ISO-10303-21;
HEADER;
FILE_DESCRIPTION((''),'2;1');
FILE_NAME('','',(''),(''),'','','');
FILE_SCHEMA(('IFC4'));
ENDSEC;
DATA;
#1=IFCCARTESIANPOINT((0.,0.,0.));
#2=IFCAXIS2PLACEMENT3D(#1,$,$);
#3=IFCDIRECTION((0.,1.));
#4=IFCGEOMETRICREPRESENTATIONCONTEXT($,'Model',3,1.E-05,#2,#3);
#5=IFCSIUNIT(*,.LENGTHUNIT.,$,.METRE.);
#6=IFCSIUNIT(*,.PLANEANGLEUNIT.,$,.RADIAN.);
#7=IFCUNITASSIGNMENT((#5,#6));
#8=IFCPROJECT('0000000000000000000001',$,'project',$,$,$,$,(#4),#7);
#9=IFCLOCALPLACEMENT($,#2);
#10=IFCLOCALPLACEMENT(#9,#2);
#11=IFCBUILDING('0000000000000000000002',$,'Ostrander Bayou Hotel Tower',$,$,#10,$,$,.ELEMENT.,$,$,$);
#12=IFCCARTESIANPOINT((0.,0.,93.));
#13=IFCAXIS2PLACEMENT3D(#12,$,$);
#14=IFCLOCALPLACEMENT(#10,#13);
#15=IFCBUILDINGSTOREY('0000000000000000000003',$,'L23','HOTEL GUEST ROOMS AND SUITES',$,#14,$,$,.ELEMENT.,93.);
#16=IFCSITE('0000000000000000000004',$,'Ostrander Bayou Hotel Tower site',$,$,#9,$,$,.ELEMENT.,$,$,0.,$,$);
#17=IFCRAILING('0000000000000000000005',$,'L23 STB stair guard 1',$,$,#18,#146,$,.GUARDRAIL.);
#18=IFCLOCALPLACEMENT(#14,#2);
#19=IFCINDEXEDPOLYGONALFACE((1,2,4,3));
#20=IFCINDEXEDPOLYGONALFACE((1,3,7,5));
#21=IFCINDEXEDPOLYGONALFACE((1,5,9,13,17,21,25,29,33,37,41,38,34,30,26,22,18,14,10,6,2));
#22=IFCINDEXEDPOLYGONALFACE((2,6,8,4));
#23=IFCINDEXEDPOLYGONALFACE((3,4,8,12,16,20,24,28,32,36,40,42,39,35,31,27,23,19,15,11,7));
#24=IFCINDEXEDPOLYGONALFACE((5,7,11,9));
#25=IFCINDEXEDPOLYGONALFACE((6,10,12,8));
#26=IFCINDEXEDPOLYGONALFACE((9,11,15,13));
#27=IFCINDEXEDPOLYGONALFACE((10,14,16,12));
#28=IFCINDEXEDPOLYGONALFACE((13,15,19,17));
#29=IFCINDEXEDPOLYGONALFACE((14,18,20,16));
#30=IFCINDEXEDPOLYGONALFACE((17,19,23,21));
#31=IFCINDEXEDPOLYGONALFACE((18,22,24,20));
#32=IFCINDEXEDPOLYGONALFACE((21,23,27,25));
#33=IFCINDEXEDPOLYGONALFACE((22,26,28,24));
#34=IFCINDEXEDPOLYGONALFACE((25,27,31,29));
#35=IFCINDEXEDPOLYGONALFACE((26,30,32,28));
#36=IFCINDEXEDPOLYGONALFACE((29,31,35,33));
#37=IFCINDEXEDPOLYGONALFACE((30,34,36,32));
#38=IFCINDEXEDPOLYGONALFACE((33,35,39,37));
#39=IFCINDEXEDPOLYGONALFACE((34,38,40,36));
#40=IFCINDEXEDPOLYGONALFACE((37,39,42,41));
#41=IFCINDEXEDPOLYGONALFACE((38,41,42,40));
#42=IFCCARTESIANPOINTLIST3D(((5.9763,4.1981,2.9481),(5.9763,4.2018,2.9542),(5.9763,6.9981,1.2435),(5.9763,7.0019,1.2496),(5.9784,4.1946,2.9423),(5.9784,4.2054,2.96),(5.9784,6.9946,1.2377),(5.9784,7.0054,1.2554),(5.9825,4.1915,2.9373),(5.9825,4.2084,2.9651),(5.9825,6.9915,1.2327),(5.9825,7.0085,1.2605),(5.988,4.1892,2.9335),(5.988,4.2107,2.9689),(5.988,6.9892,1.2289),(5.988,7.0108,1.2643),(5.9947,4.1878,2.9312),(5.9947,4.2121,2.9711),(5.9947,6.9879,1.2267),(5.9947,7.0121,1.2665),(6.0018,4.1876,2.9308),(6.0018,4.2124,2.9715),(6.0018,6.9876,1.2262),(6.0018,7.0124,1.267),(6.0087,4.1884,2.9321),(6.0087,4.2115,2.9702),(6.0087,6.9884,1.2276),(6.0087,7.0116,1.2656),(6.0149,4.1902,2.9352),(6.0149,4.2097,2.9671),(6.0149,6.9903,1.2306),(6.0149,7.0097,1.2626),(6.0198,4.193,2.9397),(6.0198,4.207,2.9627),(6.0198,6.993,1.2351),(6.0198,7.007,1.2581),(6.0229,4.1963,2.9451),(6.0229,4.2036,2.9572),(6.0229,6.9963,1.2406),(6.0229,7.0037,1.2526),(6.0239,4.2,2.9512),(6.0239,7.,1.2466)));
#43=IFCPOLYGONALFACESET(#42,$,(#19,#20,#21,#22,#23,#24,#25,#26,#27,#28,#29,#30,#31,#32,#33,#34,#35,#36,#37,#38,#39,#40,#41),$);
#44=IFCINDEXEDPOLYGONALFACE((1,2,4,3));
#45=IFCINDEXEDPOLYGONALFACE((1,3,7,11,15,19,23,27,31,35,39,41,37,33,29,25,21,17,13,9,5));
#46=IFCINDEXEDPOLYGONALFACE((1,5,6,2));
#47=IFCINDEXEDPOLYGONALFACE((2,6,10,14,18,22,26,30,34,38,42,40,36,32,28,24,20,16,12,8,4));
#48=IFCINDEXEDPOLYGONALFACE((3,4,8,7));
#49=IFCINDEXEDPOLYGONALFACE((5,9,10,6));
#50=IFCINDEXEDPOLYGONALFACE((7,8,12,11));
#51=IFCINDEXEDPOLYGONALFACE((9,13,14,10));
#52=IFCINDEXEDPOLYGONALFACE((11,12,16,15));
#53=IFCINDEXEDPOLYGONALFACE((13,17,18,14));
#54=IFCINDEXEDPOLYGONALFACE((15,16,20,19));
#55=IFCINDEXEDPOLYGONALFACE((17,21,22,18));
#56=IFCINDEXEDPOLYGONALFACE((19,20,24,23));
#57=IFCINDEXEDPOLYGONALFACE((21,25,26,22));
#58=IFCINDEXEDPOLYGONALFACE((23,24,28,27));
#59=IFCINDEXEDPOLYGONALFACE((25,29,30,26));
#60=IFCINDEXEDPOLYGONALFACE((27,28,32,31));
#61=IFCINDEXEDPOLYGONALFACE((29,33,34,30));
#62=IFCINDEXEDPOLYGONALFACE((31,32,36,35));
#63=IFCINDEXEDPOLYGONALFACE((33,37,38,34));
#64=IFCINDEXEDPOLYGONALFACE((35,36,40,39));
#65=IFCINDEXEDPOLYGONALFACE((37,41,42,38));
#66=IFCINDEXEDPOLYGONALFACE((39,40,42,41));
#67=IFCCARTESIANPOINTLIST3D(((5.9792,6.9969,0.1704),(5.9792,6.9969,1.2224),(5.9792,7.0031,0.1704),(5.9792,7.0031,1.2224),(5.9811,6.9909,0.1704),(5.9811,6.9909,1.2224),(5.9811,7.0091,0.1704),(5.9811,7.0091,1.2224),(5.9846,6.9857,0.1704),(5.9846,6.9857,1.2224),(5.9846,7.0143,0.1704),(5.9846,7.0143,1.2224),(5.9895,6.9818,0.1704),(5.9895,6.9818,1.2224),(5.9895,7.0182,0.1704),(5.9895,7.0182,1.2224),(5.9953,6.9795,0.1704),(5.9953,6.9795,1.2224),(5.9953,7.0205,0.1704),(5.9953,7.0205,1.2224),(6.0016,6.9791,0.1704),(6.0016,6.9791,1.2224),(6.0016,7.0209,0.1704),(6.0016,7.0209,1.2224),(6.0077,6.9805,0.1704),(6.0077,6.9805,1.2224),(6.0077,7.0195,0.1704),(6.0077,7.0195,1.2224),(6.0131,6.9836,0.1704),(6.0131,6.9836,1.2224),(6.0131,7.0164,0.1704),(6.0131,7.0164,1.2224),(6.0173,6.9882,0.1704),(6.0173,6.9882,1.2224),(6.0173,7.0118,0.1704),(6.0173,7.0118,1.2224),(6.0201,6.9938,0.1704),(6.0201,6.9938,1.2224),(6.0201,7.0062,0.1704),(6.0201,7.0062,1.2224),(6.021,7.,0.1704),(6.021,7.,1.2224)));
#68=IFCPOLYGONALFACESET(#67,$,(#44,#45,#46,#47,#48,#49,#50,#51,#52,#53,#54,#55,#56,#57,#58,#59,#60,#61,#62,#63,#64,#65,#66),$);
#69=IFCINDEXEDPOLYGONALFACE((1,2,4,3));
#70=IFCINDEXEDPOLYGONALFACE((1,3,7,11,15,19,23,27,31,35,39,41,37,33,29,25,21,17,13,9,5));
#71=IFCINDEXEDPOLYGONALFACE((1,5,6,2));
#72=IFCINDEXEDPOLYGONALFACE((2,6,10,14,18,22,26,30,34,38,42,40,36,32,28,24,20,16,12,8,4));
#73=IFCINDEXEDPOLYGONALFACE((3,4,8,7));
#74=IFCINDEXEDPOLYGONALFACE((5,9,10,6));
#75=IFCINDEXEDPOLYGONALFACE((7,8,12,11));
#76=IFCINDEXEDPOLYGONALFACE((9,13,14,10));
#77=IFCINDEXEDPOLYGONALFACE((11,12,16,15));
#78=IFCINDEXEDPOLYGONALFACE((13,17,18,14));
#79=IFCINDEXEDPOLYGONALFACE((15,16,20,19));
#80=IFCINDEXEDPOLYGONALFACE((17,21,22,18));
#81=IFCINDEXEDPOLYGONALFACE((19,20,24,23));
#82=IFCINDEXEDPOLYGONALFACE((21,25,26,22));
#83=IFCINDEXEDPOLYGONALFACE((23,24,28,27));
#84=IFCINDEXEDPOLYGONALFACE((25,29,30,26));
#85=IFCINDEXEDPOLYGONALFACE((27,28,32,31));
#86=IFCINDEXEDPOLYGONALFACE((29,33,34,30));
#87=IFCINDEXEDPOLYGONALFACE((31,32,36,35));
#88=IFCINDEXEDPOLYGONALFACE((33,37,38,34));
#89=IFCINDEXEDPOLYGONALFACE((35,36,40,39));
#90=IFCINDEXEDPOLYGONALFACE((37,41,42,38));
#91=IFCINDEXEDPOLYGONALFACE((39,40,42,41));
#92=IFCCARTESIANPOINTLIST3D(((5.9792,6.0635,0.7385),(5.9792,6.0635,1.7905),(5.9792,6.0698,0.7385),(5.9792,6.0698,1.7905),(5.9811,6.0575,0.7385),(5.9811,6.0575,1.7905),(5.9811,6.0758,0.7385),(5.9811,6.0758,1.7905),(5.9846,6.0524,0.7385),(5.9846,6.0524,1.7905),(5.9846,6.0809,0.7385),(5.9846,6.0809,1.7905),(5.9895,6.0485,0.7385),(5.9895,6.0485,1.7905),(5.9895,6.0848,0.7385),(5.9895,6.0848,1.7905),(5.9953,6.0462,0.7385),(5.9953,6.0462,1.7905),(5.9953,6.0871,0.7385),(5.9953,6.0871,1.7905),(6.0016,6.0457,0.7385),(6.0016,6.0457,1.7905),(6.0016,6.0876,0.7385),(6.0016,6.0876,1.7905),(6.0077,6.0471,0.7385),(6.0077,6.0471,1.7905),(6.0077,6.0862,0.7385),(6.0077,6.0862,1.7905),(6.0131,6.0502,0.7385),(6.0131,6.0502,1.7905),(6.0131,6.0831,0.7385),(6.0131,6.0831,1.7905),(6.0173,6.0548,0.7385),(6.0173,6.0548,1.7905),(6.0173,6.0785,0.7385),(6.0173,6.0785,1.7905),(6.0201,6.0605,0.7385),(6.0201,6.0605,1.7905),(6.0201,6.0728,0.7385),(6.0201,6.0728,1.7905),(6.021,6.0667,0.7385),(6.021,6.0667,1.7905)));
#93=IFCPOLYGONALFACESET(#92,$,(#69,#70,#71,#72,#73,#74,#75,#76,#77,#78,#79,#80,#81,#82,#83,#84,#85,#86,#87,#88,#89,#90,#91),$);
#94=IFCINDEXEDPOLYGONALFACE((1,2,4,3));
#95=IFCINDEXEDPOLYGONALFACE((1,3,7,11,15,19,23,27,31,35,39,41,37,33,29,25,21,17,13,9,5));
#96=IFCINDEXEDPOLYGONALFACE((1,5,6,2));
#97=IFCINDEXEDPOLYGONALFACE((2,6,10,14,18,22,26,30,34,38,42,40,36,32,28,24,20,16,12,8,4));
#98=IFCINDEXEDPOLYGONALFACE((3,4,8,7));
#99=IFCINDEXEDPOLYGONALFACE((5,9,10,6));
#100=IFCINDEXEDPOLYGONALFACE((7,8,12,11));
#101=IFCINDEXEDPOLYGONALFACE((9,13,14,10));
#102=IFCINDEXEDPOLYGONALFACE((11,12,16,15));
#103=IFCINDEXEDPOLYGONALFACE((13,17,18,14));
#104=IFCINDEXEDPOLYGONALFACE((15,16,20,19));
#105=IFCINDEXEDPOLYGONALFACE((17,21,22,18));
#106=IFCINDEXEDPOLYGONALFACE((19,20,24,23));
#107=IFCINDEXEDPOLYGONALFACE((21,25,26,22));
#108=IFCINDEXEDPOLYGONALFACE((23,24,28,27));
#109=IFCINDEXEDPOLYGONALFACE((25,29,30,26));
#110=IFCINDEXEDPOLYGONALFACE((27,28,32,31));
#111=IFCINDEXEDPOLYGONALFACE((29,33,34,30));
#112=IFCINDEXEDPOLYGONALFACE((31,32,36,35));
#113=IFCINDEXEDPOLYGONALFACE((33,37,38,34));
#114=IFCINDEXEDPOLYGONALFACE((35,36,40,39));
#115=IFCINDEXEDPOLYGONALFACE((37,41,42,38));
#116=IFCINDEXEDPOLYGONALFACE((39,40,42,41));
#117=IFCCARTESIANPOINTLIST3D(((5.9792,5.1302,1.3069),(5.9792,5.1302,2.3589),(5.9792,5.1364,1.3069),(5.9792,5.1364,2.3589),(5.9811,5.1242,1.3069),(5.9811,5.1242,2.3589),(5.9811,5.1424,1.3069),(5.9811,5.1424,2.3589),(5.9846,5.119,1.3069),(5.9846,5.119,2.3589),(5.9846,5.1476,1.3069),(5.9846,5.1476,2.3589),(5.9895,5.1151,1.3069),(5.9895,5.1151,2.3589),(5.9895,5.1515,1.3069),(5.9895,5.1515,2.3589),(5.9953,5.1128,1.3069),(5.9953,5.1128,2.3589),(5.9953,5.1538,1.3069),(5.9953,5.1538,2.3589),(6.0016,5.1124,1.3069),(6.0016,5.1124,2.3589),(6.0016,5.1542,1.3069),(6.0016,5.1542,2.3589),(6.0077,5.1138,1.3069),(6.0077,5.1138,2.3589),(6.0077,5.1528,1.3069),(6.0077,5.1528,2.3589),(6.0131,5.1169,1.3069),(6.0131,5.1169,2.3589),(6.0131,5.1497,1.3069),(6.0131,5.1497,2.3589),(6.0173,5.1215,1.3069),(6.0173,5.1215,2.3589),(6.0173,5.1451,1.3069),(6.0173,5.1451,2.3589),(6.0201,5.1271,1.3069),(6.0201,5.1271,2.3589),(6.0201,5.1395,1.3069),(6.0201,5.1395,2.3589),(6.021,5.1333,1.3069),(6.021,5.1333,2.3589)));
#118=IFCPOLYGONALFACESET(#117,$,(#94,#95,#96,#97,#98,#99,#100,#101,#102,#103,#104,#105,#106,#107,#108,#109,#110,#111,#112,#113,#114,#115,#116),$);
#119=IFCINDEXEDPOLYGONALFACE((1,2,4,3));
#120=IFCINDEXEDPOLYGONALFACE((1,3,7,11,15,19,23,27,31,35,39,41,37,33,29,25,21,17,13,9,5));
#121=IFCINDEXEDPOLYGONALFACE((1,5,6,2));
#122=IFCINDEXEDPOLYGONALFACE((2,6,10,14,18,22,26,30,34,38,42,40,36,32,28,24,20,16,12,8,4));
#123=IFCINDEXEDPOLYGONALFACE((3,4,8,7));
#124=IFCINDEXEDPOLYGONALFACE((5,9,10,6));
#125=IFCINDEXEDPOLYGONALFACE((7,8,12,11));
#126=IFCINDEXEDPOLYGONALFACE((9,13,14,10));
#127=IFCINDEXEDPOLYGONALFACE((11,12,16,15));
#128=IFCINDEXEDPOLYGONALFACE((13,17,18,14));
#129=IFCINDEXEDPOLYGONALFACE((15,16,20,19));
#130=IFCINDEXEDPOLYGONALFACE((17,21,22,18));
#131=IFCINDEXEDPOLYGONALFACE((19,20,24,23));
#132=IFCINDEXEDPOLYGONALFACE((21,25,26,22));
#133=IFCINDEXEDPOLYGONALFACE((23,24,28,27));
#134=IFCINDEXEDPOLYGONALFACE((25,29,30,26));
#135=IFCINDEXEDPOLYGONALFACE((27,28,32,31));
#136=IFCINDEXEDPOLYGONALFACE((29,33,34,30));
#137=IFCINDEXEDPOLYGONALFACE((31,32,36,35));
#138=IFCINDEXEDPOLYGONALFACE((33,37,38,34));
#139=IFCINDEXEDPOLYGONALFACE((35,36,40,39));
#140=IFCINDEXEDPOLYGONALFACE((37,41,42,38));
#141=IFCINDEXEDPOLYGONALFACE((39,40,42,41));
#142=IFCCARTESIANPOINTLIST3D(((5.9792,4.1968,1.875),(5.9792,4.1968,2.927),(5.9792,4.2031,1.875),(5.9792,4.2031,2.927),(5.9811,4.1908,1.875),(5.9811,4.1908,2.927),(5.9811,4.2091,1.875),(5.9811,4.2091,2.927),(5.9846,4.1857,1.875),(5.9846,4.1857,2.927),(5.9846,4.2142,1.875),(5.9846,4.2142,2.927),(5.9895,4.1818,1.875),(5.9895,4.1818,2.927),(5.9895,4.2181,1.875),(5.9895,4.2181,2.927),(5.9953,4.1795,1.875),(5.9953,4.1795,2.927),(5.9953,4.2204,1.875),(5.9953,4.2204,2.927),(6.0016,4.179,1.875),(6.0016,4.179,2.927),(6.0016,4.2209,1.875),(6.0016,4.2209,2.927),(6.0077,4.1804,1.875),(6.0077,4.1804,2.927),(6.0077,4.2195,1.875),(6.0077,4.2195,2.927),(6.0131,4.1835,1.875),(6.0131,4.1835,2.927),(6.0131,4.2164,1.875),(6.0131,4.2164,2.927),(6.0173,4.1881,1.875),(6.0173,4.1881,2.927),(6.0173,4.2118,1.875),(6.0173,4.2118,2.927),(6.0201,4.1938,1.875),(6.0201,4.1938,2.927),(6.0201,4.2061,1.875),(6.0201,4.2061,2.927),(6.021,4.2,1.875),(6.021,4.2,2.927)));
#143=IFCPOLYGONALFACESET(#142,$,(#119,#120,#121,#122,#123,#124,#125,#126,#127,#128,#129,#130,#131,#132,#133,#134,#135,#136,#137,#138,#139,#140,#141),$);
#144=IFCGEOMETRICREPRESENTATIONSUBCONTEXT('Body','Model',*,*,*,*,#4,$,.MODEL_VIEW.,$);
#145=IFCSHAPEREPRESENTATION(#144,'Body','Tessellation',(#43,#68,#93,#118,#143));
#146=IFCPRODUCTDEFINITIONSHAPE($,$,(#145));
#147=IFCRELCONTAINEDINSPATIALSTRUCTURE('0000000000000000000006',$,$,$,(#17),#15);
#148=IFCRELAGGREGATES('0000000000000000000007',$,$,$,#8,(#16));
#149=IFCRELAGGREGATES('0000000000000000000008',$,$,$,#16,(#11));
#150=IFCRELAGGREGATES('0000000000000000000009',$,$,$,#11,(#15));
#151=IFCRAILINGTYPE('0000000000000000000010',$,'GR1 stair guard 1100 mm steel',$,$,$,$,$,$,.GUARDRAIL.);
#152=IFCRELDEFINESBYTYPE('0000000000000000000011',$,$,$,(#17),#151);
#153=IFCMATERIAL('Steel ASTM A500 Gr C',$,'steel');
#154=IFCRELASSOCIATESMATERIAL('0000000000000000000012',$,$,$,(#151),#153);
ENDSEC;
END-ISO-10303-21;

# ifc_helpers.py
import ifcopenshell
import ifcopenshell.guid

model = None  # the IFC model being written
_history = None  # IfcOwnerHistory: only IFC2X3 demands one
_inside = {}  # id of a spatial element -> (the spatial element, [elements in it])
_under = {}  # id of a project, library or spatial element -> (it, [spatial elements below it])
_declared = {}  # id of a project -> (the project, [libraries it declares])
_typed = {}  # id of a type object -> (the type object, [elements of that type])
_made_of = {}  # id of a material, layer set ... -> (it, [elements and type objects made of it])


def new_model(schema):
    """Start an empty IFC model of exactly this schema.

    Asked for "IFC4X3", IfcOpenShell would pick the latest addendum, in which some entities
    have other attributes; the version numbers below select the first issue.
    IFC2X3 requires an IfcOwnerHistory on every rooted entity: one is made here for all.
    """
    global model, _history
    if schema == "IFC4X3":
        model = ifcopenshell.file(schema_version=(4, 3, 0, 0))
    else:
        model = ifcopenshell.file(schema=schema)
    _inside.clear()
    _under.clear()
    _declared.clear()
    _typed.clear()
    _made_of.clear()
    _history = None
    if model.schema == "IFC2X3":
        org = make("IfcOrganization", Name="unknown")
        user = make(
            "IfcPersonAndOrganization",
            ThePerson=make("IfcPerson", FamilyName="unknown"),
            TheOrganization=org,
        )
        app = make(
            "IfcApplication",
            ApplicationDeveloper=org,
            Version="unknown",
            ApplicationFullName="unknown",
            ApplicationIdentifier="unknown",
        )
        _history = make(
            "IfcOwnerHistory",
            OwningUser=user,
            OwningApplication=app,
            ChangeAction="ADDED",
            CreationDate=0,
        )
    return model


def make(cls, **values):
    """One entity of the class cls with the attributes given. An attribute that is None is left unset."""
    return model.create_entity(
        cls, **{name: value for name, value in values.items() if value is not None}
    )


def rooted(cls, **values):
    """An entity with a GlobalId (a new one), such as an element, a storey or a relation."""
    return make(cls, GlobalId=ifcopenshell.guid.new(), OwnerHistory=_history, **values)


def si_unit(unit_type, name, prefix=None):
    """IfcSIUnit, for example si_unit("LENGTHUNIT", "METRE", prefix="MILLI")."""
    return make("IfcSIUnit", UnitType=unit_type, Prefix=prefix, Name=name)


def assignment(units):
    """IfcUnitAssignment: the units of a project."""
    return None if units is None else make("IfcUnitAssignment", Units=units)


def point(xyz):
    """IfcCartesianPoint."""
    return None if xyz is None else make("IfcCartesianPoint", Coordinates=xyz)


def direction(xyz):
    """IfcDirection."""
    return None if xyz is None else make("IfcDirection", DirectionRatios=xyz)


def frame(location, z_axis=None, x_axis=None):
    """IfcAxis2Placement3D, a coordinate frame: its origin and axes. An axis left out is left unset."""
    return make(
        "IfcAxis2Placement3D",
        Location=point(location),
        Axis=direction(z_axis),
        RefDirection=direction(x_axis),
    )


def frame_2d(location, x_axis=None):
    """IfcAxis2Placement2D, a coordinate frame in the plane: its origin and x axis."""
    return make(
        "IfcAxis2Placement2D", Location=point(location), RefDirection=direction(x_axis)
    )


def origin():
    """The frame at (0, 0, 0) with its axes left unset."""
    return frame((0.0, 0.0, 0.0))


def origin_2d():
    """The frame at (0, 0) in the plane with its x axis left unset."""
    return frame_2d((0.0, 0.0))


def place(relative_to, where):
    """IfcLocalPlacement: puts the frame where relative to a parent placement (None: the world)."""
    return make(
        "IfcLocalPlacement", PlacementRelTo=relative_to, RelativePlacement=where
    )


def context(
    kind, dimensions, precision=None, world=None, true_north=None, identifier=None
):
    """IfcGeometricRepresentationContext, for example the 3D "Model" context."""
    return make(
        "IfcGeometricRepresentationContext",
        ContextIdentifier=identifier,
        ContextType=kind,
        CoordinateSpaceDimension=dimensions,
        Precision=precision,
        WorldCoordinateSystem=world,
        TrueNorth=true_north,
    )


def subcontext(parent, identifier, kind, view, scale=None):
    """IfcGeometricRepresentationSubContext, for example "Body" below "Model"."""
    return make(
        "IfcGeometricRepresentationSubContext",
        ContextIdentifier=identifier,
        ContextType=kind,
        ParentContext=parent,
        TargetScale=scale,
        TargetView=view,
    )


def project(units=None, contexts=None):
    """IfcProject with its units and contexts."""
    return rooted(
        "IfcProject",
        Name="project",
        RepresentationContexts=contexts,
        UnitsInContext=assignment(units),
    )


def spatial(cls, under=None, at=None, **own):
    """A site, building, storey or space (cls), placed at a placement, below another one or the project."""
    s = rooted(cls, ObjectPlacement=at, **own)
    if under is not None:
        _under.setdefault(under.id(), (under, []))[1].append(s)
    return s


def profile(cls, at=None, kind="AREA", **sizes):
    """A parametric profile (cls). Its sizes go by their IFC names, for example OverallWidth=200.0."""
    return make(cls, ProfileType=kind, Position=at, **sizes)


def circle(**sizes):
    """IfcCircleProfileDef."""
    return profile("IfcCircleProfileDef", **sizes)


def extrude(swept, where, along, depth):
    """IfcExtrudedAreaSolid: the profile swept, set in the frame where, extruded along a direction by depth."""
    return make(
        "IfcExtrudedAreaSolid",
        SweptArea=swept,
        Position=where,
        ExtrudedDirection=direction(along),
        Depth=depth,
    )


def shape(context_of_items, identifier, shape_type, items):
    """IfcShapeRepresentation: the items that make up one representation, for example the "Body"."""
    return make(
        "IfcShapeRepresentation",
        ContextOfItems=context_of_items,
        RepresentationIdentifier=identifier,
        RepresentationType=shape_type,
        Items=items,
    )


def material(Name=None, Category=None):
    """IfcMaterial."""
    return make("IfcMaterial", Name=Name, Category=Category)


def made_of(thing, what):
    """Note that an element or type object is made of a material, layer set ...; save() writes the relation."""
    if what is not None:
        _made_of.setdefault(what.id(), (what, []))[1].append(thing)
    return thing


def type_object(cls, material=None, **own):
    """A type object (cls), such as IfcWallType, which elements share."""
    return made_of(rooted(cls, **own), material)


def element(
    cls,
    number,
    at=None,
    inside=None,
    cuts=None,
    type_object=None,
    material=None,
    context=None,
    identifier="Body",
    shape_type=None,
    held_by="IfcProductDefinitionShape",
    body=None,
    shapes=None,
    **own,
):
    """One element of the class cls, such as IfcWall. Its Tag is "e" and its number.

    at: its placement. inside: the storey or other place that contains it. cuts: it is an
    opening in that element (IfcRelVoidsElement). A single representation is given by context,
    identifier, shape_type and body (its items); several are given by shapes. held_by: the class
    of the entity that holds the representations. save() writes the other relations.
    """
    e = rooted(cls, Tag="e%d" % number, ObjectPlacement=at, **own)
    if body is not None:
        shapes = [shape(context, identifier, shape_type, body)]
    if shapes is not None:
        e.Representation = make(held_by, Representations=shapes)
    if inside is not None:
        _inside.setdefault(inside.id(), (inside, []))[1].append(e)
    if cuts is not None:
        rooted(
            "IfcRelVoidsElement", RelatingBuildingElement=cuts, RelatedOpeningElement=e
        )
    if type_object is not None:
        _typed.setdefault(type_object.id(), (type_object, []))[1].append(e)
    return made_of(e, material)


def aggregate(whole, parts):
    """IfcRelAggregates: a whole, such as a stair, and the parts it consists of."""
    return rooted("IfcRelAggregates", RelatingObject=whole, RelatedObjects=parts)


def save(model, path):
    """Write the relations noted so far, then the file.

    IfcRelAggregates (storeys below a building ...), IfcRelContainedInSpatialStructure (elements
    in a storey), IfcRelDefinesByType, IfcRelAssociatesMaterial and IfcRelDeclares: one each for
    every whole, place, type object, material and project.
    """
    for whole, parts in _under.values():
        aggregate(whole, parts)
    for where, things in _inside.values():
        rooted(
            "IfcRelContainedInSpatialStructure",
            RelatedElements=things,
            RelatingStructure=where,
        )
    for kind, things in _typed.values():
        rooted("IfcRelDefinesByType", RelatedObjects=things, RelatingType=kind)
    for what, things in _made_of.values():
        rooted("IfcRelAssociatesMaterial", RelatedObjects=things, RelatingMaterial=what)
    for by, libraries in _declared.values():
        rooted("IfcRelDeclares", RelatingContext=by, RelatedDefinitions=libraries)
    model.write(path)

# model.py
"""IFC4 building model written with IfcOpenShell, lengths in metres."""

from ifc_helpers import new_model, si_unit, direction, frame, origin, origin_2d, place, context, subcontext, project, spatial, circle, extrude, material, type_object, element, save


model = new_model("IFC4")

# Units and contexts
model_context = context("Model", 3, precision=1e-05, world=origin(), true_north=direction((0.0, 1.0)))
body_context = subcontext(model_context, "Body", "Model", "MODEL_VIEW")
ifc_project = project(units=[si_unit("LENGTHUNIT", "METRE"), si_unit("PLANEANGLEUNIT", "RADIAN")], contexts=[model_context])

# Site, building, storey
site_placement = place(None, origin())
site = spatial("IfcSite", under=ifc_project, at=site_placement, Name="Ostrander Bayou Hotel Tower site", CompositionType="ELEMENT", RefElevation=0.0)
building_placement = place(site_placement, origin())
building = spatial("IfcBuilding", under=site, at=building_placement, Name="Ostrander Bayou Hotel Tower", CompositionType="ELEMENT")
storey_placement = place(building_placement, frame((0.0, 0.0, 93.0)))
storey = spatial("IfcBuildingStorey", under=building, at=storey_placement, Name="L23", Description="HOTEL GUEST ROOMS AND SUITES", CompositionType="ELEMENT", Elevation=93.0)

# Railing
ifc_material_1 = material(Name="Steel ASTM A500 Gr C", Category="steel")
railing_type_1 = type_object("IfcRailingType", Name="GR1 stair guard 1100 mm steel", PredefinedType="GUARDRAIL", material=ifc_material_1)
railing_1_placement = place(storey_placement, frame((6.0, 7.0, 0.1704)))
element("IfcRailing", 1, at=railing_1_placement, inside=storey, type_object=railing_type_1, Name="L23 STB stair guard 1", PredefinedType="GUARDRAIL", context=body_context, shape_type="SweptSolid", body=[
    extrude(circle(Radius=0.0239, at=origin_2d()), frame((0.0, 0.0, 1.0762), z_axis=(0.0, -0.85417, 0.519994), x_axis=(1.0, 0.0, 0.0)), (0.0, 0.0, 1.0), 3.2781),
    extrude(circle(Radius=0.021, at=origin_2d()), origin(), (0.0, 0.0, 1.0), 1.052),
    extrude(circle(Radius=0.021, at=origin_2d()), frame((0.0, -0.9333, 0.5681)), (0.0, 0.0, 1.0), 1.052),
    extrude(circle(Radius=0.021, at=origin_2d()), frame((0.0, -1.8667, 1.1365)), (0.0, 0.0, 1.0), 1.052),
    extrude(circle(Radius=0.021, at=origin_2d()), frame((0.0, -2.8, 1.7046)), (0.0, 0.0, 1.0), 1.052),
])

save(model, "model.ifc")
